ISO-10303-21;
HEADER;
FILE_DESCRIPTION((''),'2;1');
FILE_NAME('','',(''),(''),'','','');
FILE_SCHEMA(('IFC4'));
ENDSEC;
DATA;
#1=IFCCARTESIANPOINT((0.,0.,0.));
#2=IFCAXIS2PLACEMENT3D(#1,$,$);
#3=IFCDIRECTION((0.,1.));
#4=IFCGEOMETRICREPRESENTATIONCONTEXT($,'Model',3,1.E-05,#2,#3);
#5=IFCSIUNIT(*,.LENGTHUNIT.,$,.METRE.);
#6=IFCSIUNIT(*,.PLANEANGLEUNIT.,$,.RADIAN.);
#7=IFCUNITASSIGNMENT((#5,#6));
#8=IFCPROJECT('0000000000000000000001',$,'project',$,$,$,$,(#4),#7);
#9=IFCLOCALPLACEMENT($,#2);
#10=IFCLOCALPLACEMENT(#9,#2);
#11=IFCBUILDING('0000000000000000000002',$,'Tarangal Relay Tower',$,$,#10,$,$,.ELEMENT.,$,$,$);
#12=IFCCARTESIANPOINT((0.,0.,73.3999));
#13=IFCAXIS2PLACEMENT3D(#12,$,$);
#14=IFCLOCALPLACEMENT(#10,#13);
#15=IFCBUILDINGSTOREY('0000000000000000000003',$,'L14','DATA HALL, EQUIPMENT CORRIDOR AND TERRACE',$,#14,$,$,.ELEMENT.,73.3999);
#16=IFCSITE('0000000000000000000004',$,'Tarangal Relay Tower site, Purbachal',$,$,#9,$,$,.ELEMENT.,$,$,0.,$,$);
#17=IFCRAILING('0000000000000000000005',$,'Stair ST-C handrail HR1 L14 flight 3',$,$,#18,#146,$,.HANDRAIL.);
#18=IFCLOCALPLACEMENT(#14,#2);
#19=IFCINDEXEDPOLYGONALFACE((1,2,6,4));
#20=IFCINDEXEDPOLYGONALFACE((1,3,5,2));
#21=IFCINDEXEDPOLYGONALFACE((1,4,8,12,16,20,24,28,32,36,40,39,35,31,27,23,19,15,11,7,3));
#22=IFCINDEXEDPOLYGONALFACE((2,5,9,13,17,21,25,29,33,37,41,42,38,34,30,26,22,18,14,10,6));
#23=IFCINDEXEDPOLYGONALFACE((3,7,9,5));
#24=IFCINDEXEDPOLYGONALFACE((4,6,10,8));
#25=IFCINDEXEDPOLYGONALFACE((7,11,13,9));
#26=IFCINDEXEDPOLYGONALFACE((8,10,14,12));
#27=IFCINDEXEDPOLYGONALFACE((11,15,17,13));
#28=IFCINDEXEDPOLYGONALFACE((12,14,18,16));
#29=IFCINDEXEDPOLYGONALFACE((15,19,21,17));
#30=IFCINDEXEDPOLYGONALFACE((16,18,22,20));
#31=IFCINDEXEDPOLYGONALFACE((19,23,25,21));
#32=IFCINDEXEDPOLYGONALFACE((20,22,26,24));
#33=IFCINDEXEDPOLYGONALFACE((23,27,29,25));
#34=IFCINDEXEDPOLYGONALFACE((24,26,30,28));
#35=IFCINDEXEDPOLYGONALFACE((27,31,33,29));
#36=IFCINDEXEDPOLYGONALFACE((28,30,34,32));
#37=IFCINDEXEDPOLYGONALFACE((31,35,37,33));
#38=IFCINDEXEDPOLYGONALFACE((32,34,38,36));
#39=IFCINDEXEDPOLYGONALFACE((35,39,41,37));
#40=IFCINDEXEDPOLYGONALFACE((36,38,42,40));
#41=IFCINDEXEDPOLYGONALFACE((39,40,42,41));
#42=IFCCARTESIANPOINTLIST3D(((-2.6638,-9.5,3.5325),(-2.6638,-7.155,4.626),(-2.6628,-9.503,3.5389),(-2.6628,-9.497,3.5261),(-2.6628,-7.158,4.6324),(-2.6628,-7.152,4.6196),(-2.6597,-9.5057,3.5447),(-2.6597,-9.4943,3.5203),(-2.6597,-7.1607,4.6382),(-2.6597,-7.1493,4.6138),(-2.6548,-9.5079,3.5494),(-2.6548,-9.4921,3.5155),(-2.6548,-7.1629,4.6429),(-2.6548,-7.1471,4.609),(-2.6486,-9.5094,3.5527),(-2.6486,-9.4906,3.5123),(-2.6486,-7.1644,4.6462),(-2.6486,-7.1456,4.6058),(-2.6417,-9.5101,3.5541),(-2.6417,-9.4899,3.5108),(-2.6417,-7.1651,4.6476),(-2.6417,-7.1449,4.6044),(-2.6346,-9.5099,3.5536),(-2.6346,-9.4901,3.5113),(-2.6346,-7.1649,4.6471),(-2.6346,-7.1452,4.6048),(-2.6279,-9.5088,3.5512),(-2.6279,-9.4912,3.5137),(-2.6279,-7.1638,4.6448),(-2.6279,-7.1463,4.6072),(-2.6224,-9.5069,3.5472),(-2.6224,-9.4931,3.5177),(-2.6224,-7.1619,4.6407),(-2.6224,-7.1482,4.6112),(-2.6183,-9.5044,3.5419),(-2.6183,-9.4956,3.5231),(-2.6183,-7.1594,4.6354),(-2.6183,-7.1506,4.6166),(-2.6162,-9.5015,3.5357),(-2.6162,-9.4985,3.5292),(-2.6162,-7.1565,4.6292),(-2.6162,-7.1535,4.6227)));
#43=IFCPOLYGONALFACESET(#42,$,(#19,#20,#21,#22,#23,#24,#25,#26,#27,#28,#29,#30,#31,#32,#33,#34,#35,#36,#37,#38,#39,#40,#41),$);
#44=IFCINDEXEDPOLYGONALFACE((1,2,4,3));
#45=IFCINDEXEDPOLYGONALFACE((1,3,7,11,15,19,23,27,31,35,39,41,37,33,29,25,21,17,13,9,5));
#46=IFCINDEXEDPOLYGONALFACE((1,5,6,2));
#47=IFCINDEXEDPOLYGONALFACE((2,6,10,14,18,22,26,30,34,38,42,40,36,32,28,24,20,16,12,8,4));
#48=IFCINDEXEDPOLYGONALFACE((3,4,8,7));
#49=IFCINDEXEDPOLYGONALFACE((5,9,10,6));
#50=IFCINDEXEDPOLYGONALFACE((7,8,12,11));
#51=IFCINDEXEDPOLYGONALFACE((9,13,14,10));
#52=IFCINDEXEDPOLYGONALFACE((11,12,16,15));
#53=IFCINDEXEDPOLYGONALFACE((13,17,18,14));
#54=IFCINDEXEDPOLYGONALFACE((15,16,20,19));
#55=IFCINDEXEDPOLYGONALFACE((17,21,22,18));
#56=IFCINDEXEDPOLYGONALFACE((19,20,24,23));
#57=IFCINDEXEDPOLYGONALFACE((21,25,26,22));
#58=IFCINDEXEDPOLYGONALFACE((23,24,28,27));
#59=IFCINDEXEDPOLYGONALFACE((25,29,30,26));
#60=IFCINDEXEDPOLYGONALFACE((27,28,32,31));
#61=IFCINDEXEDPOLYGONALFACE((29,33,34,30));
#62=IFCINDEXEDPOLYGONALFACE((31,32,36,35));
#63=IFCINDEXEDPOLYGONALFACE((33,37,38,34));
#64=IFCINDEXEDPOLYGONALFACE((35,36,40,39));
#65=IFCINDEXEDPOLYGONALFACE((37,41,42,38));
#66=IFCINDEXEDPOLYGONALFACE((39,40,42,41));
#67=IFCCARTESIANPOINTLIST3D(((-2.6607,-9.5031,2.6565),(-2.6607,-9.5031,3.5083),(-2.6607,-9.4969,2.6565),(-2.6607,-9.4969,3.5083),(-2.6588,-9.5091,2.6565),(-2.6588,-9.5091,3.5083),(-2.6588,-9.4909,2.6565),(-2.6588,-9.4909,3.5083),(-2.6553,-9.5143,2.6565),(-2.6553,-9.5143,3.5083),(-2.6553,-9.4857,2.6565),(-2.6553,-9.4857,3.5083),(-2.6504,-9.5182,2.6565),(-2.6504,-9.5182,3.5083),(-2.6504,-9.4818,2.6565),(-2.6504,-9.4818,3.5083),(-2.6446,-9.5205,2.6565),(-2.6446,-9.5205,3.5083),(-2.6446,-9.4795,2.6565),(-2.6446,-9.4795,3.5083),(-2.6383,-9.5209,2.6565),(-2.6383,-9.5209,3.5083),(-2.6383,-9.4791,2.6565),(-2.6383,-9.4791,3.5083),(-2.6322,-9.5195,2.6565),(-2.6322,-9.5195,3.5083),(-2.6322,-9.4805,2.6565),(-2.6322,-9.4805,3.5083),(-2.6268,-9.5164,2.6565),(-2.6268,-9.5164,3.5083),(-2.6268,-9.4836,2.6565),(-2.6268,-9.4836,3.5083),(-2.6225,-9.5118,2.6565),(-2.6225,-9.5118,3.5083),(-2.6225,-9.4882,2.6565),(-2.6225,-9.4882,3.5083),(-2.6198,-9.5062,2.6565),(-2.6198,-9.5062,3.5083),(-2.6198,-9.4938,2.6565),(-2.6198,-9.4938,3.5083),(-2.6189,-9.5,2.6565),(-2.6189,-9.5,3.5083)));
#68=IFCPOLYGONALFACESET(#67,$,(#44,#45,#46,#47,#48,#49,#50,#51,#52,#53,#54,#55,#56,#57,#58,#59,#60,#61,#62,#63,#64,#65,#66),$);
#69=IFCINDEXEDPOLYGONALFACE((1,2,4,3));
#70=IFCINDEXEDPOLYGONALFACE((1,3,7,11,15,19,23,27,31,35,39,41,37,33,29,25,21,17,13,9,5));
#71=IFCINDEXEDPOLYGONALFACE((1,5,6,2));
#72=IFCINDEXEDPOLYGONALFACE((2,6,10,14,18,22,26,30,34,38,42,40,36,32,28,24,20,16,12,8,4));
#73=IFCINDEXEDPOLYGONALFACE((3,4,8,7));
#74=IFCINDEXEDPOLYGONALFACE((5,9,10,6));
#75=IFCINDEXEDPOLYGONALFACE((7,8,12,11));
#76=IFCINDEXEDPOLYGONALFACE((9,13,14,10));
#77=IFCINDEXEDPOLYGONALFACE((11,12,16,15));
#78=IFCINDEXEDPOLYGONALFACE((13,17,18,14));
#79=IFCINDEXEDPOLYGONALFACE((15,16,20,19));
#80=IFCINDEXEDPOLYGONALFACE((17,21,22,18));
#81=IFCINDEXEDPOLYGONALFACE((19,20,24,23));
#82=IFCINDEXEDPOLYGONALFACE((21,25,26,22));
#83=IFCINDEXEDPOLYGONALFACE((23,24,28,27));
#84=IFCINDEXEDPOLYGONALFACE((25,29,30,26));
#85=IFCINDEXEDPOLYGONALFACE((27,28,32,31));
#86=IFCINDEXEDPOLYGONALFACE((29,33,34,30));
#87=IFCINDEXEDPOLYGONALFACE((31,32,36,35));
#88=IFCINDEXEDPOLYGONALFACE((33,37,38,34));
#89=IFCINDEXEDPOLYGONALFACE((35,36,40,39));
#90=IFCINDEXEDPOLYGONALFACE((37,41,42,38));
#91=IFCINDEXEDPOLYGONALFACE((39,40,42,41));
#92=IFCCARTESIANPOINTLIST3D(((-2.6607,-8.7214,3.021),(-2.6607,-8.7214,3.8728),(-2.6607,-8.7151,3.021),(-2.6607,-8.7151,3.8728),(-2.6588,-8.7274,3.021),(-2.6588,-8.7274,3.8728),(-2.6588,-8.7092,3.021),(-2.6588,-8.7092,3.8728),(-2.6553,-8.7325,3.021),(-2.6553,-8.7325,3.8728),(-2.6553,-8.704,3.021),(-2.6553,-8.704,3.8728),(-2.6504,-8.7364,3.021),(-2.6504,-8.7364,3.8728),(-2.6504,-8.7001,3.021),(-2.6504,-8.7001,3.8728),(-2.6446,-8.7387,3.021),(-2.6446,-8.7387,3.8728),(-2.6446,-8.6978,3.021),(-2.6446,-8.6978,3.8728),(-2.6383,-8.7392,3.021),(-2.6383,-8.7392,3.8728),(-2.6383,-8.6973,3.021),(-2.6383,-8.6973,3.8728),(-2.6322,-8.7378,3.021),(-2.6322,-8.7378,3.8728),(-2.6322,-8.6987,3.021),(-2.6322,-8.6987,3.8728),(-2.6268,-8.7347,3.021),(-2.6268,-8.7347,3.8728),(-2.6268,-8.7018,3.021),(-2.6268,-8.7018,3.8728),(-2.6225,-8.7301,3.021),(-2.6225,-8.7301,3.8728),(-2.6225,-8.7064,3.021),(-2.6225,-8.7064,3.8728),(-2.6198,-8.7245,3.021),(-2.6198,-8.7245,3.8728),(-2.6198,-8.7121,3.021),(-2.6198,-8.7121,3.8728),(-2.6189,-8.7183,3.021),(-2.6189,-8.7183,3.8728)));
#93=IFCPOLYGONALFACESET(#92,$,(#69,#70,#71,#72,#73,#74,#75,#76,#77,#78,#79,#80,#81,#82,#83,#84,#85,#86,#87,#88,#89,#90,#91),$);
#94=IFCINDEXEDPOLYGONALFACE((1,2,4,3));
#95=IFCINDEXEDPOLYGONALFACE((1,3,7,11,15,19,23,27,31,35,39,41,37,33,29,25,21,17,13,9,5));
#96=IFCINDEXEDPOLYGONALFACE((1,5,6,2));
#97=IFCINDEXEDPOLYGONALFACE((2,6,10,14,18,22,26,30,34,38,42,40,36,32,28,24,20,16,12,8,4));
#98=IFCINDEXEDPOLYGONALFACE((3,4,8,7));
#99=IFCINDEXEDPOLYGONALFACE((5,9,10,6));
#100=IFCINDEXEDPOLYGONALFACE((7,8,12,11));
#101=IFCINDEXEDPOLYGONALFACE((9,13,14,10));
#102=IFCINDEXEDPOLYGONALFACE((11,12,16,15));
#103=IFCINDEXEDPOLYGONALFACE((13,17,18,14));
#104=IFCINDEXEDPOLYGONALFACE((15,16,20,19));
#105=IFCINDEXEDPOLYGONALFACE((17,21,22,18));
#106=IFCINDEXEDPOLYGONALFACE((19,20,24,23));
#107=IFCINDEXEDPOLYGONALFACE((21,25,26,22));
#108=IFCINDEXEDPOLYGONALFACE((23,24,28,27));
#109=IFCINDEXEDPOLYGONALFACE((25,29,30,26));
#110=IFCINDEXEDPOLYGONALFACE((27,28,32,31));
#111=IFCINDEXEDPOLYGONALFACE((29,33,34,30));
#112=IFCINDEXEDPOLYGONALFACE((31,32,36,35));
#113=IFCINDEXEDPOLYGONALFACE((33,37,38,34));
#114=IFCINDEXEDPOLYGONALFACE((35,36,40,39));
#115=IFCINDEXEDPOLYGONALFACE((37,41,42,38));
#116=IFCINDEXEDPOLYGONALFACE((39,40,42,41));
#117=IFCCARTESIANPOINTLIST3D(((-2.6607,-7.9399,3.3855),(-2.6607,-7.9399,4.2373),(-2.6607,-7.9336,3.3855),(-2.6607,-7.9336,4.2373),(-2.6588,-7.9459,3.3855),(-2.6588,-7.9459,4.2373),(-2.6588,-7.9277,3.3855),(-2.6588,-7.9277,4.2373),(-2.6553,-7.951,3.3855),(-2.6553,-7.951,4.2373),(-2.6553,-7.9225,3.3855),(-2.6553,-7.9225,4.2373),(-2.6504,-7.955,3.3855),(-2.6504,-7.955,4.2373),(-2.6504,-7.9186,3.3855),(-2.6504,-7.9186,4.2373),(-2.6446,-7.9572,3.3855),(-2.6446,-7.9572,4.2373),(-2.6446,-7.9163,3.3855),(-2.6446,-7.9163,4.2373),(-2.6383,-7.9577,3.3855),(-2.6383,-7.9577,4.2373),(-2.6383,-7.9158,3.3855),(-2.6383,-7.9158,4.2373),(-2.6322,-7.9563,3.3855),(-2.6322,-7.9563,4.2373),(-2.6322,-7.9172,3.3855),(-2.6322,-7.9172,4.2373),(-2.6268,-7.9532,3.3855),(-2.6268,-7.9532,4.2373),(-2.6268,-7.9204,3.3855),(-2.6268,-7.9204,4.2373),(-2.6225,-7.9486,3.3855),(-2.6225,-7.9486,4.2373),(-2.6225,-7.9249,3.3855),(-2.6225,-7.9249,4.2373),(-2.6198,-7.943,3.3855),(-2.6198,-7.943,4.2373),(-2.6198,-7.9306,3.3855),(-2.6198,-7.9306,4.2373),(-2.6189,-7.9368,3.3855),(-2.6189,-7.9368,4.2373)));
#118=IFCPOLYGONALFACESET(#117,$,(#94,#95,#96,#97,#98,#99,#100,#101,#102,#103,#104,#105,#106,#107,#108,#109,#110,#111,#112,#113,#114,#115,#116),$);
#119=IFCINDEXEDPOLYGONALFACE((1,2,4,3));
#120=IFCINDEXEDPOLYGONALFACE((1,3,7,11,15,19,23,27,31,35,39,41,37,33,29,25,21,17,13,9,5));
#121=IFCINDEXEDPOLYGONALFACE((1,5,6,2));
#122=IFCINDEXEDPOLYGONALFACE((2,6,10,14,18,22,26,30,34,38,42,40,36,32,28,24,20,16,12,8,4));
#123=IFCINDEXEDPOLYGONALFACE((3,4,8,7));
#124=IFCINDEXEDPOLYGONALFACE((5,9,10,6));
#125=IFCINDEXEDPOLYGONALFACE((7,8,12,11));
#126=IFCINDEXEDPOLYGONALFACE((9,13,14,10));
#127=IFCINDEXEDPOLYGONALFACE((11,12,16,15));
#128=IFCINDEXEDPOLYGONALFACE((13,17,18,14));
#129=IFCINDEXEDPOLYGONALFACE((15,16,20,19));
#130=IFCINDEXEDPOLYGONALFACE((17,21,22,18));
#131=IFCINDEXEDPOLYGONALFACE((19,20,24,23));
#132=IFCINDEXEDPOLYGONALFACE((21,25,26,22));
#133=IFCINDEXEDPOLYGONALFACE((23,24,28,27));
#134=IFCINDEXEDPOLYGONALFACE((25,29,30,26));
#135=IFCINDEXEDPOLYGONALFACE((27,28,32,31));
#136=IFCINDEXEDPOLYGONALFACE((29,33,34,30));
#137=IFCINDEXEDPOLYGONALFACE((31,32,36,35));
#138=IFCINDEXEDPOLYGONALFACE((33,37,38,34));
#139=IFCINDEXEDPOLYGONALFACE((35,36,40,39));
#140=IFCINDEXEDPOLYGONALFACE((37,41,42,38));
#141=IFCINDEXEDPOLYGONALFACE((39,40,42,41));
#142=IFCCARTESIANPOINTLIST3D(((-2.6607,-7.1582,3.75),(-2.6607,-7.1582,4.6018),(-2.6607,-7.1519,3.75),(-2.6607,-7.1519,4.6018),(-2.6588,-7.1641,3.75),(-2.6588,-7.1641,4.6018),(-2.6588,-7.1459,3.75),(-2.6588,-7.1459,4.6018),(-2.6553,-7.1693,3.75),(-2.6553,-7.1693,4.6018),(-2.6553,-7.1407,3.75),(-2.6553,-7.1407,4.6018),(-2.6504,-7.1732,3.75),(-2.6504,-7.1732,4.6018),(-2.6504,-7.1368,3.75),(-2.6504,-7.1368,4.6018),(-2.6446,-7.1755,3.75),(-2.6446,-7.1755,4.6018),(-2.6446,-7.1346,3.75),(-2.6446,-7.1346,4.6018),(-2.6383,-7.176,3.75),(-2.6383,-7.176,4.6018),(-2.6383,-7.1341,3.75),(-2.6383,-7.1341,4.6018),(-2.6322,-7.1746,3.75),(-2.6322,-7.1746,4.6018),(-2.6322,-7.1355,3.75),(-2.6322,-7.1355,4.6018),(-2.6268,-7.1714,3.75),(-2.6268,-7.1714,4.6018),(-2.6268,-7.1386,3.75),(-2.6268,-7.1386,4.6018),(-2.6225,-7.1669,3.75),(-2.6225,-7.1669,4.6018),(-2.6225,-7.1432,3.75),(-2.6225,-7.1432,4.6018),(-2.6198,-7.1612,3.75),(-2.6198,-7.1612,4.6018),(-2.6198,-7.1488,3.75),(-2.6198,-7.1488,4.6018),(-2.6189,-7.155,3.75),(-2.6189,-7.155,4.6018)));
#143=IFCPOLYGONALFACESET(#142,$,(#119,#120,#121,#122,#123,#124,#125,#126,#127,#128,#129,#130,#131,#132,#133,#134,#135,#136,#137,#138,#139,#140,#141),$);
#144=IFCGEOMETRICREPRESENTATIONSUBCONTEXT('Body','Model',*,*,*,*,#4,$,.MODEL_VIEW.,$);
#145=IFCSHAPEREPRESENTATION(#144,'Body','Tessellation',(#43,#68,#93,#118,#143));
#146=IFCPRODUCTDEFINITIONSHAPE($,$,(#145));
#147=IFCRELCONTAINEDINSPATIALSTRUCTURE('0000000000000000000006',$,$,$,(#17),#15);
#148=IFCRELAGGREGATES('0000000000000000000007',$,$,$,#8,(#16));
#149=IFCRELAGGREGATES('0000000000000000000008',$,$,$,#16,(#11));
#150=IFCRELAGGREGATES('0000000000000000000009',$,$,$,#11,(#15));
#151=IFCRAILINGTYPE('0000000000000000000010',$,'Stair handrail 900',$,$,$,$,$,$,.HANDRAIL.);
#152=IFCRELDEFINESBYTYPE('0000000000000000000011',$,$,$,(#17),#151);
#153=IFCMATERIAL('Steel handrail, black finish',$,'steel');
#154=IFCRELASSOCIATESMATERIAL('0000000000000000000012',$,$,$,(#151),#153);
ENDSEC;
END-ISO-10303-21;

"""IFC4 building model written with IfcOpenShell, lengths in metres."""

from ifc_helpers import new_model, si_unit, direction, frame, origin, origin_2d, place, context, subcontext, project, spatial, circle, extrude, material, type_object, element, save


model = new_model("IFC4")

# Units and contexts
model_context = context("Model", 3, precision=1e-05, world=origin(), true_north=direction((0.0, 1.0)))
body_context = subcontext(model_context, "Body", "Model", "MODEL_VIEW")
ifc_project = project(units=[si_unit("LENGTHUNIT", "METRE"), si_unit("PLANEANGLEUNIT", "RADIAN")], contexts=[model_context])

# Site, building, storey
site_placement = place(None, origin())
site = spatial("IfcSite", under=ifc_project, at=site_placement, Name="Tarangal Relay Tower site, Purbachal", CompositionType="ELEMENT", RefElevation=0.0)
building_placement = place(site_placement, origin())
building = spatial("IfcBuilding", under=site, at=building_placement, Name="Tarangal Relay Tower", CompositionType="ELEMENT")
storey_placement = place(building_placement, frame((0.0, 0.0, 73.3999)))
storey = spatial("IfcBuildingStorey", under=building, at=storey_placement, Name="L14", Description="DATA HALL, EQUIPMENT CORRIDOR AND TERRACE", CompositionType="ELEMENT", Elevation=73.3999)

# Railing
ifc_material_1 = material(Name="Steel handrail, black finish", Category="steel")
railing_type_1 = type_object("IfcRailingType", Name="Stair handrail 900", PredefinedType="HANDRAIL", material=ifc_material_1)
for number, where, name in (
    (1, (-2.6399, -9.5, 2.6565), "Stair ST-C handrail HR1 L14 flight 3"),
):
    element("IfcRailing", number, at=place(storey_placement, frame(where)), inside=storey, type_object=railing_type_1, Name=name, PredefinedType="HANDRAIL", context=body_context, shape_type="SweptSolid", body=[
        extrude(circle(Radius=0.0239, at=origin_2d()), frame((0.0, 0.0, 0.876), z_axis=(0.0, 0.906304, 0.422627), x_axis=(-1.0, 0.0, 0.0)), (0.0, 0.0, 1.0), 2.5874),
        extrude(circle(Radius=0.021, at=origin_2d()), origin(), (0.0, 0.0, 1.0), 0.8518),
        extrude(circle(Radius=0.021, at=origin_2d()), frame((0.0, 0.7817, 0.3645)), (0.0, 0.0, 1.0), 0.8518),
        extrude(circle(Radius=0.021, at=origin_2d()), frame((0.0, 1.5632, 0.729)), (0.0, 0.0, 1.0), 0.8518),
        extrude(circle(Radius=0.021, at=origin_2d()), frame((0.0, 2.345, 1.0935)), (0.0, 0.0, 1.0), 0.8518),
    ])

save(model, "model.ifc")
